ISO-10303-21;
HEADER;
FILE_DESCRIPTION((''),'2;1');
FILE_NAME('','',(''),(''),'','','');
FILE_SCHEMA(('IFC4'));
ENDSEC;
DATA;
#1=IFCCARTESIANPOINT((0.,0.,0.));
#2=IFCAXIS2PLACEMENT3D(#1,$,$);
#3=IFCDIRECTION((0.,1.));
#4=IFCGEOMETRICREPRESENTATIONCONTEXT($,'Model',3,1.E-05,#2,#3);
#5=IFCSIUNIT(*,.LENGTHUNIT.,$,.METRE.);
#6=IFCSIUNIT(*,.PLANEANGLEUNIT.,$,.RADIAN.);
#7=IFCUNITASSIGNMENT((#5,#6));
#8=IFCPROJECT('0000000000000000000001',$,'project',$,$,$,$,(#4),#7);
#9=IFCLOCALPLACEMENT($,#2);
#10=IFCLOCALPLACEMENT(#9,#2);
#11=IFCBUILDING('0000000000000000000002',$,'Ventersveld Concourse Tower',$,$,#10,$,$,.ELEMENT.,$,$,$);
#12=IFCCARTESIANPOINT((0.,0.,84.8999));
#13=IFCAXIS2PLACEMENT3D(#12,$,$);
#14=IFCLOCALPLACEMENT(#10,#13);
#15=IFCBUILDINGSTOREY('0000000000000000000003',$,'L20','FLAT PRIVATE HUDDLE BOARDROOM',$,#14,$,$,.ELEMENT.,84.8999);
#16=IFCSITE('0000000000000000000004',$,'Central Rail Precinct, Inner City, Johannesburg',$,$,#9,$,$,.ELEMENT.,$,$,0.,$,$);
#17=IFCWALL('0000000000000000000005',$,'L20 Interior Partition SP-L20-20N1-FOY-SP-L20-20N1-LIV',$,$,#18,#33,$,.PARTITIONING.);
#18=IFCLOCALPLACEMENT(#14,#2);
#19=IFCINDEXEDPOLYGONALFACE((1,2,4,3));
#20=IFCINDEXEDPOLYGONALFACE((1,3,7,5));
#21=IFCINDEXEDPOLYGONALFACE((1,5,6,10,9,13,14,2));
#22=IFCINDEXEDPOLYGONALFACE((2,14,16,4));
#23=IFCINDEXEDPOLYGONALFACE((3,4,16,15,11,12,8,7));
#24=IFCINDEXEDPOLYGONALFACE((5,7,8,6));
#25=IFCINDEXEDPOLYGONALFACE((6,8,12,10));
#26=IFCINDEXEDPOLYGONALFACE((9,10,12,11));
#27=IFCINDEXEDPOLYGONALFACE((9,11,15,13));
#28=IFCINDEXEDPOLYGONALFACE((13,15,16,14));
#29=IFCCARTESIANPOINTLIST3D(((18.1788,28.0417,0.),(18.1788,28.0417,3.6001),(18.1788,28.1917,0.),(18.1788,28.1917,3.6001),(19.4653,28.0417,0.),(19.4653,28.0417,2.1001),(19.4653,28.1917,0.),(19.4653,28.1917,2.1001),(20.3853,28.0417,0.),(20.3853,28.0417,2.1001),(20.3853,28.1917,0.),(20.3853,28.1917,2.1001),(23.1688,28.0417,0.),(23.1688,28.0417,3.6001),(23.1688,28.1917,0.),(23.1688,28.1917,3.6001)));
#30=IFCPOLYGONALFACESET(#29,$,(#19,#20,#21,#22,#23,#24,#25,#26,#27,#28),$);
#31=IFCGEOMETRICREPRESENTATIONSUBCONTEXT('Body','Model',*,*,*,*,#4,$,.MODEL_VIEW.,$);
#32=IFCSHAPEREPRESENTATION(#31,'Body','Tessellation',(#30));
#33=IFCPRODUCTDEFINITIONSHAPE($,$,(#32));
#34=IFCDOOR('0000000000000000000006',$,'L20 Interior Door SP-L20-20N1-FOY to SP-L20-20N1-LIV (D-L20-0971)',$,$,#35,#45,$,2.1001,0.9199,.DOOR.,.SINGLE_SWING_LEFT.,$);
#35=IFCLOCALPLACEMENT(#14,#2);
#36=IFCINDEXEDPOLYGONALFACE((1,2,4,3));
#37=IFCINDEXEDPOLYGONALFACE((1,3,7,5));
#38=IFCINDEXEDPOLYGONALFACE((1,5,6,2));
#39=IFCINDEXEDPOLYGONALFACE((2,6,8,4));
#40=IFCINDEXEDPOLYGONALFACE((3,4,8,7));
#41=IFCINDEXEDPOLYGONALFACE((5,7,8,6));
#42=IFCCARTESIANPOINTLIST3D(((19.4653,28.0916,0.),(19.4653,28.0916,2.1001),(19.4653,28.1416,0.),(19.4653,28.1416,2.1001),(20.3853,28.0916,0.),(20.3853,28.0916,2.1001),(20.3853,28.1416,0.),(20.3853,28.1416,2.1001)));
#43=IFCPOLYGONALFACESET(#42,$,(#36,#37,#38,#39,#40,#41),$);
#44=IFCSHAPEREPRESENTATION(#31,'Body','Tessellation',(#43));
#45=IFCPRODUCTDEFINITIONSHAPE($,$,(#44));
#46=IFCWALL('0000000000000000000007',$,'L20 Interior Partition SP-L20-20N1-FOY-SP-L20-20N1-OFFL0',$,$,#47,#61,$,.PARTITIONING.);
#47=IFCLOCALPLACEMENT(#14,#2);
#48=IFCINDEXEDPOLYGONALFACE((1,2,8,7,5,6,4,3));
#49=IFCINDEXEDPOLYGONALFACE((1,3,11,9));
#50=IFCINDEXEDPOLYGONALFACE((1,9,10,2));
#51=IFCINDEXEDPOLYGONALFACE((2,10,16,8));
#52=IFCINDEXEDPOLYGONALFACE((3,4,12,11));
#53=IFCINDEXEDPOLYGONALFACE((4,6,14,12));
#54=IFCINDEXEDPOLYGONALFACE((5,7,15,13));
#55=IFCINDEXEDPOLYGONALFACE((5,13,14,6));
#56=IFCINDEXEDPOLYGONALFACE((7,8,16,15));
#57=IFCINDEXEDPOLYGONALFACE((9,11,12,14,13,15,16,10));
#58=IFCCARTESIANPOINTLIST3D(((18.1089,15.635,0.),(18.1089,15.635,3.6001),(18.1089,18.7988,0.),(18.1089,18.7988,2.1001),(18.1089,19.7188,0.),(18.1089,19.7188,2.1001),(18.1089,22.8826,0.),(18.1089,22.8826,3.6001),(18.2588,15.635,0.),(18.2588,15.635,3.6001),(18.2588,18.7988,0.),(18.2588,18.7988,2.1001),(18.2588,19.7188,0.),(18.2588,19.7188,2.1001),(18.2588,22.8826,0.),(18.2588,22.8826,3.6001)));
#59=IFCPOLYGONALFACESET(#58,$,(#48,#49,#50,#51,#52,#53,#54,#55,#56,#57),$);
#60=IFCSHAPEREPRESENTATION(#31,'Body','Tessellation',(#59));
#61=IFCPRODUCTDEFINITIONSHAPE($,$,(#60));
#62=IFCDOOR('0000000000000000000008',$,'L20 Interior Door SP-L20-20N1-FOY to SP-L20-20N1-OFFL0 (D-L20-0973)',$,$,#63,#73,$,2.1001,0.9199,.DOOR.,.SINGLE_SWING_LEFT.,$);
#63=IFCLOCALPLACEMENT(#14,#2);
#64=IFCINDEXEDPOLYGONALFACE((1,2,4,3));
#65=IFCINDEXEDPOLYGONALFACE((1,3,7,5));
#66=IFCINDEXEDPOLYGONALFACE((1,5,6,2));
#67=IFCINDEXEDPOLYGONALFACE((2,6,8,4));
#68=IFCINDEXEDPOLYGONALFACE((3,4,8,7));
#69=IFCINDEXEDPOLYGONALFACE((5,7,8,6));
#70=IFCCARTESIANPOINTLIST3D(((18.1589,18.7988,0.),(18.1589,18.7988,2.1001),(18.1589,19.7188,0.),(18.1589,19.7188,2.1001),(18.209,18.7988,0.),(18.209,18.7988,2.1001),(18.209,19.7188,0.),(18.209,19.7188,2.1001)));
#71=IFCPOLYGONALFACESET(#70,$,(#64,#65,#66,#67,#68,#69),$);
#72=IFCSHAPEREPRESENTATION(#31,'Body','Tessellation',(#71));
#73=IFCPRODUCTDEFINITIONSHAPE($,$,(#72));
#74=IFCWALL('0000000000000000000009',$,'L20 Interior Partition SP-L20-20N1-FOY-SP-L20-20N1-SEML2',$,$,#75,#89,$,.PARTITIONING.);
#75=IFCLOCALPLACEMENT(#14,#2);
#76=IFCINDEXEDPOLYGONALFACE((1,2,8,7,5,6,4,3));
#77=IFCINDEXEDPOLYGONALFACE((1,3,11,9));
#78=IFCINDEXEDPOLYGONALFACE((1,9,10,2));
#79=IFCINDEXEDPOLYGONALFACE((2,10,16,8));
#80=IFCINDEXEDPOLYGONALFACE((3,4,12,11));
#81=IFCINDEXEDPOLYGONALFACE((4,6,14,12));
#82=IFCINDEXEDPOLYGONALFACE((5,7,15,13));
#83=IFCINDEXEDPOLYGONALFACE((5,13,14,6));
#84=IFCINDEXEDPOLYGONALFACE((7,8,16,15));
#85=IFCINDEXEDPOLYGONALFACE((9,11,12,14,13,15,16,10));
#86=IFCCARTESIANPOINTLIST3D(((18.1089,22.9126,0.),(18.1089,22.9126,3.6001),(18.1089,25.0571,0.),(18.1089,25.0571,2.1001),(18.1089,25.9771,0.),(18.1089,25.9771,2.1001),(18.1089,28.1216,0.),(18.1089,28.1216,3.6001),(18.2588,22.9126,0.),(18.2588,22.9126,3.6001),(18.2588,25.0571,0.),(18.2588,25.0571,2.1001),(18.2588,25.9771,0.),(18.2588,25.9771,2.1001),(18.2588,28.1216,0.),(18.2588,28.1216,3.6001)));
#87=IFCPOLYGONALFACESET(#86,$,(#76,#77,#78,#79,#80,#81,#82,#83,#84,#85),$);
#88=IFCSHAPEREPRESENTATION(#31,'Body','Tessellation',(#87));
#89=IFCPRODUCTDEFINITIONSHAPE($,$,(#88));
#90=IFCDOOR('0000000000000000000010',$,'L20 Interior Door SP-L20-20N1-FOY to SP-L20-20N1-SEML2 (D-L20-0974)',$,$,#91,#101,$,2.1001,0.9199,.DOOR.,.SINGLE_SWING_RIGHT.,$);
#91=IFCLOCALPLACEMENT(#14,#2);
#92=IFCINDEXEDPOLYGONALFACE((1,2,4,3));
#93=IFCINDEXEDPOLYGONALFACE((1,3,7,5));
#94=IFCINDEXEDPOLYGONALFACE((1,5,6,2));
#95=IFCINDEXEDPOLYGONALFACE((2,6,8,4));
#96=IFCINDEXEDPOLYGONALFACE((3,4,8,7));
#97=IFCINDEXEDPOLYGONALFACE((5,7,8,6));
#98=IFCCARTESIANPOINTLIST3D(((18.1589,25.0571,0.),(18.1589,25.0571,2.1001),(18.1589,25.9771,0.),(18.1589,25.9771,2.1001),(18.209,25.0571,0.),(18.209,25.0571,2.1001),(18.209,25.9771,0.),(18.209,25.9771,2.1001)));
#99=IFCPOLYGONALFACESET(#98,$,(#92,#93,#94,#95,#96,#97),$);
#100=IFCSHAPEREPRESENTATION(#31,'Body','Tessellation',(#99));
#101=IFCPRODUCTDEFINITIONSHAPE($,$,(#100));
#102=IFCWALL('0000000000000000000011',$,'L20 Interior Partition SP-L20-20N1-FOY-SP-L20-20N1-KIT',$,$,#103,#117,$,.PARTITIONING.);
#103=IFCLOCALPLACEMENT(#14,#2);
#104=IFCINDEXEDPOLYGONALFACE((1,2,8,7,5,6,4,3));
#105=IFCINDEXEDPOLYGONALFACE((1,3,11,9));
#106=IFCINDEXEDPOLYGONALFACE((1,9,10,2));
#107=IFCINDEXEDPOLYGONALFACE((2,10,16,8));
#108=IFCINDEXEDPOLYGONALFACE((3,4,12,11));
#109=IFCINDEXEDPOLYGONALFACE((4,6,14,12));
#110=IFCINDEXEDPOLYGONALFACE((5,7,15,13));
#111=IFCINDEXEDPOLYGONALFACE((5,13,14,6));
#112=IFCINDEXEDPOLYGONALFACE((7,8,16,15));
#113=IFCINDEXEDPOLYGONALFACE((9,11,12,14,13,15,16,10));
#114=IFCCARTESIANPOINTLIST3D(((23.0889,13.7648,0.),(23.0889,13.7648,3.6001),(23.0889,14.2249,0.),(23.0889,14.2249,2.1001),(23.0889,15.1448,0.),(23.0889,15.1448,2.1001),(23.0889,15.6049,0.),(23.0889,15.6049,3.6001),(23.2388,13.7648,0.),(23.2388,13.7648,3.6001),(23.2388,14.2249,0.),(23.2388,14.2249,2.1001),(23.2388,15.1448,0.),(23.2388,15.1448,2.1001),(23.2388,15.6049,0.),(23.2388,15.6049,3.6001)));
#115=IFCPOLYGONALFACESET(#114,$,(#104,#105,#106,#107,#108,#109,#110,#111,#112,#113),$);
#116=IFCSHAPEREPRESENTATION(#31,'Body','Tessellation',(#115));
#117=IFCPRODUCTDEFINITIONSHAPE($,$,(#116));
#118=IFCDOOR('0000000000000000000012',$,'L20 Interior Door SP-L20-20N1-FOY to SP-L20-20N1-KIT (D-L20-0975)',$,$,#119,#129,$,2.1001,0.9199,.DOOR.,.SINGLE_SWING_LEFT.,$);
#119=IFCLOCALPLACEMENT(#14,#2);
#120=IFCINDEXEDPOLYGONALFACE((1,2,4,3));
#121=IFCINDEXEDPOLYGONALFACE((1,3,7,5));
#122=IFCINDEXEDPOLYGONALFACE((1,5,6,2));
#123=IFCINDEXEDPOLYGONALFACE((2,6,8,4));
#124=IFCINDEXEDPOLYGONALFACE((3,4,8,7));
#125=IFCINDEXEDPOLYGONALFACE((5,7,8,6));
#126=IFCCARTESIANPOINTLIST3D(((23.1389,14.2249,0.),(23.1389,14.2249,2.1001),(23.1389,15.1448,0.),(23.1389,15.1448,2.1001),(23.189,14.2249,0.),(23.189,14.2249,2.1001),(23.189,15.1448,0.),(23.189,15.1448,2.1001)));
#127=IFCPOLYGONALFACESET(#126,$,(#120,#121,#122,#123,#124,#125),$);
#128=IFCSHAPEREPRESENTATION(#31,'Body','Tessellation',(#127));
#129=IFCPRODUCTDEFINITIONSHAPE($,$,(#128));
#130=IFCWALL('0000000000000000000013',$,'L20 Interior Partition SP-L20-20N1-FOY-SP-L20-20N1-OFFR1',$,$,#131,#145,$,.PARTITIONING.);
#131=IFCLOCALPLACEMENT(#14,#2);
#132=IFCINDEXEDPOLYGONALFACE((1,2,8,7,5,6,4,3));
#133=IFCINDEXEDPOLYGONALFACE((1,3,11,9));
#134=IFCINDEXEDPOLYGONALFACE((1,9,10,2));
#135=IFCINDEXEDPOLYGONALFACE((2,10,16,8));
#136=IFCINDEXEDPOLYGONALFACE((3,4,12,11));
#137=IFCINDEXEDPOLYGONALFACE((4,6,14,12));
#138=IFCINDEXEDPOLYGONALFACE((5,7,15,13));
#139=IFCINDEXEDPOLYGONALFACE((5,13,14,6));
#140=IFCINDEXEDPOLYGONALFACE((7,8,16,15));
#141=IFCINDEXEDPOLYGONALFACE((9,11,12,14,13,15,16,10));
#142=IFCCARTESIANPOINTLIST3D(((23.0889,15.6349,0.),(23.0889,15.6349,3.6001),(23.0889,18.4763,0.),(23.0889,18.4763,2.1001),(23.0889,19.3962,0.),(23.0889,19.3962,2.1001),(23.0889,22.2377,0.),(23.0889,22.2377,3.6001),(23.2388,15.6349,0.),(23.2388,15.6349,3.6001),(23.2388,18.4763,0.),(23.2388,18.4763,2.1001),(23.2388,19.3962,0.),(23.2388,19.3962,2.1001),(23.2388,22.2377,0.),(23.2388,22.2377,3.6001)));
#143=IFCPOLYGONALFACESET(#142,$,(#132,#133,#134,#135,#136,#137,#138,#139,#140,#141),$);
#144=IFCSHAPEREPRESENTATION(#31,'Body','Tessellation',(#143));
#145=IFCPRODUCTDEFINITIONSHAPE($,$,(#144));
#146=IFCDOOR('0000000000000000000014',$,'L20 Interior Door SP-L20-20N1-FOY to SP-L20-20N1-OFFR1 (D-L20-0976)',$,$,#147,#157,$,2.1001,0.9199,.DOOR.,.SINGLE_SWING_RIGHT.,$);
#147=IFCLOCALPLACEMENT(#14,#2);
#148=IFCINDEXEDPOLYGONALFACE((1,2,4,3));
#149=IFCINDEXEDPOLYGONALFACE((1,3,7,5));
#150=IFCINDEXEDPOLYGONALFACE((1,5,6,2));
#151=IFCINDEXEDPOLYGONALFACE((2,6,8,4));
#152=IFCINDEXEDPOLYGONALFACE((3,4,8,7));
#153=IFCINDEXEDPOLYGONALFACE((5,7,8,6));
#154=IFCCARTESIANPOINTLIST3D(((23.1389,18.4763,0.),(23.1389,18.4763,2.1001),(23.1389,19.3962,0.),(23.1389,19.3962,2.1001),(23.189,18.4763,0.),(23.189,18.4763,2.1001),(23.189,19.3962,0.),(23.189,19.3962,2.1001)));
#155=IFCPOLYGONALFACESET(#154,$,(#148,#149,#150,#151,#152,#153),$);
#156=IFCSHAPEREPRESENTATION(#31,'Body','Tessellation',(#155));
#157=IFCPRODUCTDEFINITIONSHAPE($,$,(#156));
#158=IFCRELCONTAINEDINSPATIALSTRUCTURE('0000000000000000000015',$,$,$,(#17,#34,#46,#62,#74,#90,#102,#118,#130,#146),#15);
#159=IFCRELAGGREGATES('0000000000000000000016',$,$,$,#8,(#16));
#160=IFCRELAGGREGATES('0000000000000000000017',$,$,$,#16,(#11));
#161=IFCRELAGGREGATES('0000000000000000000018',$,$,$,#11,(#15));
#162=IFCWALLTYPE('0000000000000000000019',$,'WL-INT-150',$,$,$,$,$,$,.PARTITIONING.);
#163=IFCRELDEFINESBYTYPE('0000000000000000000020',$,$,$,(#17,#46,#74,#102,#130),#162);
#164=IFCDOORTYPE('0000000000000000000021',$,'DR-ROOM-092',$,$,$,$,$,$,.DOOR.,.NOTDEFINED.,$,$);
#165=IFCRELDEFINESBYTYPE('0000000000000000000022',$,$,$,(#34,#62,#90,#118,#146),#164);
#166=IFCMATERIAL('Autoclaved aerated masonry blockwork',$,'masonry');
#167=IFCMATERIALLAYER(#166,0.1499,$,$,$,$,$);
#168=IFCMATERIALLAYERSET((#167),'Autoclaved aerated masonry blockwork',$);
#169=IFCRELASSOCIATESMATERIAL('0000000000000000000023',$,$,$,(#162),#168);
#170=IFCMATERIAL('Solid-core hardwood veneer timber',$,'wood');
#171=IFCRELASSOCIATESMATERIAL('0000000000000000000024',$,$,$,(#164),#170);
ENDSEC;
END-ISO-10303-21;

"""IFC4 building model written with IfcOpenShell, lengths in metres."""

from ifc_helpers import new_model, si_unit, direction, frame, frame_2d, origin, place, context, subcontext, project, spatial, rectangle, extrude, material, layer, layer_set, type_object, element, fill, save


model = new_model("IFC4")

# Units and contexts
model_context = context("Model", 3, precision=1e-05, world=origin(), true_north=direction((0.0, 1.0)))
body_context = subcontext(model_context, "Body", "Model", "MODEL_VIEW")
ifc_project = project(units=[si_unit("LENGTHUNIT", "METRE"), si_unit("PLANEANGLEUNIT", "RADIAN")], contexts=[model_context])

# Site, building, storey
site_placement = place(None, origin())
site = spatial("IfcSite", under=ifc_project, at=site_placement, Name="Central Rail Precinct, Inner City, Johannesburg", CompositionType="ELEMENT", RefElevation=0.0)
building_placement = place(site_placement, origin())
building = spatial("IfcBuilding", under=site, at=building_placement, Name="Ventersveld Concourse Tower", CompositionType="ELEMENT")
storey_placement = place(building_placement, frame((0.0, 0.0, 84.8999)))
storey = spatial("IfcBuildingStorey", under=building, at=storey_placement, Name="L20", Description="FLAT PRIVATE HUDDLE BOARDROOM", CompositionType="ELEMENT", Elevation=84.8999)

# Shared definitions
ifc_material_1 = material(Name="Solid-core hardwood veneer timber", Category="wood")

# Walls, openings, doors
ifc_material_2 = material(Name="Autoclaved aerated masonry blockwork", Category="masonry")
ifc_layer_1 = layer(ifc_material_2, 0.1499)
ifc_layer_set_1 = layer_set([ifc_layer_1], Name="Autoclaved aerated masonry blockwork")
wall_type_1 = type_object("IfcWallType", Name="WL-INT-150", PredefinedType="PARTITIONING", material=ifc_layer_set_1)
wall_1_placement = place(storey_placement, frame((18.1787, 28.1167, 0.0), z_axis=(0.0, 0.0, 1.0), x_axis=(1.0, 0.0, 0.0)))
wall_1 = element("IfcWall", 1, at=wall_1_placement, inside=storey, type_object=wall_type_1, Name="L20 Interior Partition SP-L20-20N1-FOY-SP-L20-20N1-LIV", PredefinedType="PARTITIONING", context=body_context, shape_type="SweptSolid", body=[
    extrude(rectangle(XDim=4.99, YDim=0.1499, at=frame_2d((2.4951, 0.0))), origin(), (0.0, 0.0, 1.0), 3.6001),
])
opening_1_placement = place(wall_1_placement, frame((1.2866, 0.0, 0.0)))
opening_1 = element("IfcOpeningElement", 2, at=opening_1_placement, cuts=wall_1, PredefinedType="OPENING", context=body_context, shape_type="SweptSolid", body=[
    extrude(rectangle(XDim=0.9199, YDim=2.1001, at=frame_2d((0.46, 1.05))), frame((0.0, 0.085, 0.0), z_axis=(0.0, -1.0, 0.0), x_axis=(1.0, 0.0, 0.0)), (0.0, 0.0, 1.0), 0.1699),
])
door_type_1 = type_object("IfcDoorType", Name="DR-ROOM-092", OperationType="NOTDEFINED", PredefinedType="DOOR", material=ifc_material_1)
door_1_placement = place(opening_1_placement, origin())
door_1 = element("IfcDoor", 3, at=door_1_placement, inside=storey, type_object=door_type_1, Name="L20 Interior Door SP-L20-20N1-FOY to SP-L20-20N1-LIV (D-L20-0971)", OperationType="SINGLE_SWING_LEFT", OverallHeight=2.1001, OverallWidth=0.9199, PredefinedType="DOOR", context=body_context, shape_type="SweptSolid", body=[
    extrude(rectangle(XDim=0.9199, YDim=2.1001, at=frame_2d((0.46, 1.05))), frame((0.0, 0.0249, 0.0), z_axis=(0.0, -1.0, 0.0), x_axis=(1.0, 0.0, 0.0)), (0.0, 0.0, 1.0), 0.05),
])
fill(opening_1, door_1)
wall_2_placement = place(storey_placement, frame((18.1838, 15.635, 0.0), z_axis=(0.0, 0.0, 1.0), x_axis=(0.0, 1.0, 0.0)))
wall_2 = element("IfcWall", 4, at=wall_2_placement, inside=storey, type_object=wall_type_1, Name="L20 Interior Partition SP-L20-20N1-FOY-SP-L20-20N1-OFFL0", PredefinedType="PARTITIONING", context=body_context, shape_type="SweptSolid", body=[
    extrude(rectangle(XDim=7.2476, YDim=0.1499, at=frame_2d((3.6238, 0.0))), origin(), (0.0, 0.0, 1.0), 3.6001),
])
opening_2_placement = place(wall_2_placement, frame((3.1638, 0.0, 0.0)))
opening_2 = element("IfcOpeningElement", 5, at=opening_2_placement, cuts=wall_2, PredefinedType="OPENING", context=body_context, shape_type="SweptSolid", body=[
    extrude(rectangle(XDim=0.9199, YDim=2.1001, at=frame_2d((0.46, 1.05))), frame((0.0, 0.085, 0.0), z_axis=(0.0, -1.0, 0.0), x_axis=(1.0, 0.0, 0.0)), (0.0, 0.0, 1.0), 0.1699),
])
door_2_placement = place(opening_2_placement, origin())
door_2 = element("IfcDoor", 6, at=door_2_placement, inside=storey, type_object=door_type_1, Name="L20 Interior Door SP-L20-20N1-FOY to SP-L20-20N1-OFFL0 (D-L20-0973)", OperationType="SINGLE_SWING_LEFT", OverallHeight=2.1001, OverallWidth=0.9199, PredefinedType="DOOR", context=body_context, shape_type="SweptSolid", body=[
    extrude(rectangle(XDim=0.9199, YDim=2.1001, at=frame_2d((0.46, 1.05))), frame((0.0, 0.0249, 0.0), z_axis=(0.0, -1.0, 0.0), x_axis=(1.0, 0.0, 0.0)), (0.0, 0.0, 1.0), 0.05),
])
fill(opening_2, door_2)
wall_3_placement = place(storey_placement, frame((18.1838, 22.9126, 0.0), z_axis=(0.0, 0.0, 1.0), x_axis=(0.0, 1.0, 0.0)))
wall_3 = element("IfcWall", 7, at=wall_3_placement, inside=storey, type_object=wall_type_1, Name="L20 Interior Partition SP-L20-20N1-FOY-SP-L20-20N1-SEML2", PredefinedType="PARTITIONING", context=body_context, shape_type="SweptSolid", body=[
    extrude(rectangle(XDim=5.209, YDim=0.1499, at=frame_2d((2.6045, 0.0))), origin(), (0.0, 0.0, 1.0), 3.6001),
])
opening_3_placement = place(wall_3_placement, frame((2.1445, 0.0, 0.0)))
opening_3 = element("IfcOpeningElement", 8, at=opening_3_placement, cuts=wall_3, PredefinedType="OPENING", context=body_context, shape_type="SweptSolid", body=[
    extrude(rectangle(XDim=0.9199, YDim=2.1001, at=frame_2d((0.46, 1.05))), frame((0.0, 0.085, 0.0), z_axis=(0.0, -1.0, 0.0), x_axis=(1.0, 0.0, 0.0)), (0.0, 0.0, 1.0), 0.1699),
])
door_3_placement = place(opening_3_placement, origin())
door_3 = element("IfcDoor", 9, at=door_3_placement, inside=storey, type_object=door_type_1, Name="L20 Interior Door SP-L20-20N1-FOY to SP-L20-20N1-SEML2 (D-L20-0974)", OperationType="SINGLE_SWING_RIGHT", OverallHeight=2.1001, OverallWidth=0.9199, PredefinedType="DOOR", context=body_context, shape_type="SweptSolid", body=[
    extrude(rectangle(XDim=0.9199, YDim=2.1001, at=frame_2d((0.46, 1.05))), frame((0.0, 0.0249, 0.0), z_axis=(0.0, -1.0, 0.0), x_axis=(1.0, 0.0, 0.0)), (0.0, 0.0, 1.0), 0.05),
])
fill(opening_3, door_3)
wall_4_placement = place(storey_placement, frame((23.1638, 13.7649, 0.0), z_axis=(0.0, 0.0, 1.0), x_axis=(0.0, 1.0, 0.0)))
wall_4 = element("IfcWall", 10, at=wall_4_placement, inside=storey, type_object=wall_type_1, Name="L20 Interior Partition SP-L20-20N1-FOY-SP-L20-20N1-KIT", PredefinedType="PARTITIONING", context=body_context, shape_type="SweptSolid", body=[
    extrude(rectangle(XDim=1.8401, YDim=0.1499, at=frame_2d((0.9199, 0.0))), origin(), (0.0, 0.0, 1.0), 3.6001),
])
opening_4_placement = place(wall_4_placement, frame((0.46, 0.0, 0.0)))
opening_4 = element("IfcOpeningElement", 11, at=opening_4_placement, cuts=wall_4, PredefinedType="OPENING", context=body_context, shape_type="SweptSolid", body=[
    extrude(rectangle(XDim=0.9199, YDim=2.1001, at=frame_2d((0.46, 1.05))), frame((0.0, 0.085, 0.0), z_axis=(0.0, -1.0, 0.0), x_axis=(1.0, 0.0, 0.0)), (0.0, 0.0, 1.0), 0.1699),
])
door_4_placement = place(opening_4_placement, origin())
door_4 = element("IfcDoor", 12, at=door_4_placement, inside=storey, type_object=door_type_1, Name="L20 Interior Door SP-L20-20N1-FOY to SP-L20-20N1-KIT (D-L20-0975)", OperationType="SINGLE_SWING_LEFT", OverallHeight=2.1001, OverallWidth=0.9199, PredefinedType="DOOR", context=body_context, shape_type="SweptSolid", body=[
    extrude(rectangle(XDim=0.9199, YDim=2.1001, at=frame_2d((0.46, 1.05))), frame((0.0, 0.0249, 0.0), z_axis=(0.0, -1.0, 0.0), x_axis=(1.0, 0.0, 0.0)), (0.0, 0.0, 1.0), 0.05),
])
fill(opening_4, door_4)
wall_5_placement = place(storey_placement, frame((23.1638, 15.635, 0.0), z_axis=(0.0, 0.0, 1.0), x_axis=(0.0, 1.0, 0.0)))
wall_5 = element("IfcWall", 13, at=wall_5_placement, inside=storey, type_object=wall_type_1, Name="L20 Interior Partition SP-L20-20N1-FOY-SP-L20-20N1-OFFR1", PredefinedType="PARTITIONING", context=body_context, shape_type="SweptSolid", body=[
    extrude(rectangle(XDim=6.6028, YDim=0.1499, at=frame_2d((3.3013, 0.0))), origin(), (0.0, 0.0, 1.0), 3.6001),
])
opening_5_placement = place(wall_5_placement, frame((2.8413, 0.0, 0.0)))
opening_5 = element("IfcOpeningElement", 14, at=opening_5_placement, cuts=wall_5, PredefinedType="OPENING", context=body_context, shape_type="SweptSolid", body=[
    extrude(rectangle(XDim=0.9199, YDim=2.1001, at=frame_2d((0.46, 1.05))), frame((0.0, 0.085, 0.0), z_axis=(0.0, -1.0, 0.0), x_axis=(1.0, 0.0, 0.0)), (0.0, 0.0, 1.0), 0.1699),
])
door_5_placement = place(opening_5_placement, origin())
door_5 = element("IfcDoor", 15, at=door_5_placement, inside=storey, type_object=door_type_1, Name="L20 Interior Door SP-L20-20N1-FOY to SP-L20-20N1-OFFR1 (D-L20-0976)", OperationType="SINGLE_SWING_RIGHT", OverallHeight=2.1001, OverallWidth=0.9199, PredefinedType="DOOR", context=body_context, shape_type="SweptSolid", body=[
    extrude(rectangle(XDim=0.9199, YDim=2.1001, at=frame_2d((0.46, 1.05))), frame((0.0, 0.0249, 0.0), z_axis=(0.0, -1.0, 0.0), x_axis=(1.0, 0.0, 0.0)), (0.0, 0.0, 1.0), 0.05),
])
fill(opening_5, door_5)

save(model, "model.ifc")
